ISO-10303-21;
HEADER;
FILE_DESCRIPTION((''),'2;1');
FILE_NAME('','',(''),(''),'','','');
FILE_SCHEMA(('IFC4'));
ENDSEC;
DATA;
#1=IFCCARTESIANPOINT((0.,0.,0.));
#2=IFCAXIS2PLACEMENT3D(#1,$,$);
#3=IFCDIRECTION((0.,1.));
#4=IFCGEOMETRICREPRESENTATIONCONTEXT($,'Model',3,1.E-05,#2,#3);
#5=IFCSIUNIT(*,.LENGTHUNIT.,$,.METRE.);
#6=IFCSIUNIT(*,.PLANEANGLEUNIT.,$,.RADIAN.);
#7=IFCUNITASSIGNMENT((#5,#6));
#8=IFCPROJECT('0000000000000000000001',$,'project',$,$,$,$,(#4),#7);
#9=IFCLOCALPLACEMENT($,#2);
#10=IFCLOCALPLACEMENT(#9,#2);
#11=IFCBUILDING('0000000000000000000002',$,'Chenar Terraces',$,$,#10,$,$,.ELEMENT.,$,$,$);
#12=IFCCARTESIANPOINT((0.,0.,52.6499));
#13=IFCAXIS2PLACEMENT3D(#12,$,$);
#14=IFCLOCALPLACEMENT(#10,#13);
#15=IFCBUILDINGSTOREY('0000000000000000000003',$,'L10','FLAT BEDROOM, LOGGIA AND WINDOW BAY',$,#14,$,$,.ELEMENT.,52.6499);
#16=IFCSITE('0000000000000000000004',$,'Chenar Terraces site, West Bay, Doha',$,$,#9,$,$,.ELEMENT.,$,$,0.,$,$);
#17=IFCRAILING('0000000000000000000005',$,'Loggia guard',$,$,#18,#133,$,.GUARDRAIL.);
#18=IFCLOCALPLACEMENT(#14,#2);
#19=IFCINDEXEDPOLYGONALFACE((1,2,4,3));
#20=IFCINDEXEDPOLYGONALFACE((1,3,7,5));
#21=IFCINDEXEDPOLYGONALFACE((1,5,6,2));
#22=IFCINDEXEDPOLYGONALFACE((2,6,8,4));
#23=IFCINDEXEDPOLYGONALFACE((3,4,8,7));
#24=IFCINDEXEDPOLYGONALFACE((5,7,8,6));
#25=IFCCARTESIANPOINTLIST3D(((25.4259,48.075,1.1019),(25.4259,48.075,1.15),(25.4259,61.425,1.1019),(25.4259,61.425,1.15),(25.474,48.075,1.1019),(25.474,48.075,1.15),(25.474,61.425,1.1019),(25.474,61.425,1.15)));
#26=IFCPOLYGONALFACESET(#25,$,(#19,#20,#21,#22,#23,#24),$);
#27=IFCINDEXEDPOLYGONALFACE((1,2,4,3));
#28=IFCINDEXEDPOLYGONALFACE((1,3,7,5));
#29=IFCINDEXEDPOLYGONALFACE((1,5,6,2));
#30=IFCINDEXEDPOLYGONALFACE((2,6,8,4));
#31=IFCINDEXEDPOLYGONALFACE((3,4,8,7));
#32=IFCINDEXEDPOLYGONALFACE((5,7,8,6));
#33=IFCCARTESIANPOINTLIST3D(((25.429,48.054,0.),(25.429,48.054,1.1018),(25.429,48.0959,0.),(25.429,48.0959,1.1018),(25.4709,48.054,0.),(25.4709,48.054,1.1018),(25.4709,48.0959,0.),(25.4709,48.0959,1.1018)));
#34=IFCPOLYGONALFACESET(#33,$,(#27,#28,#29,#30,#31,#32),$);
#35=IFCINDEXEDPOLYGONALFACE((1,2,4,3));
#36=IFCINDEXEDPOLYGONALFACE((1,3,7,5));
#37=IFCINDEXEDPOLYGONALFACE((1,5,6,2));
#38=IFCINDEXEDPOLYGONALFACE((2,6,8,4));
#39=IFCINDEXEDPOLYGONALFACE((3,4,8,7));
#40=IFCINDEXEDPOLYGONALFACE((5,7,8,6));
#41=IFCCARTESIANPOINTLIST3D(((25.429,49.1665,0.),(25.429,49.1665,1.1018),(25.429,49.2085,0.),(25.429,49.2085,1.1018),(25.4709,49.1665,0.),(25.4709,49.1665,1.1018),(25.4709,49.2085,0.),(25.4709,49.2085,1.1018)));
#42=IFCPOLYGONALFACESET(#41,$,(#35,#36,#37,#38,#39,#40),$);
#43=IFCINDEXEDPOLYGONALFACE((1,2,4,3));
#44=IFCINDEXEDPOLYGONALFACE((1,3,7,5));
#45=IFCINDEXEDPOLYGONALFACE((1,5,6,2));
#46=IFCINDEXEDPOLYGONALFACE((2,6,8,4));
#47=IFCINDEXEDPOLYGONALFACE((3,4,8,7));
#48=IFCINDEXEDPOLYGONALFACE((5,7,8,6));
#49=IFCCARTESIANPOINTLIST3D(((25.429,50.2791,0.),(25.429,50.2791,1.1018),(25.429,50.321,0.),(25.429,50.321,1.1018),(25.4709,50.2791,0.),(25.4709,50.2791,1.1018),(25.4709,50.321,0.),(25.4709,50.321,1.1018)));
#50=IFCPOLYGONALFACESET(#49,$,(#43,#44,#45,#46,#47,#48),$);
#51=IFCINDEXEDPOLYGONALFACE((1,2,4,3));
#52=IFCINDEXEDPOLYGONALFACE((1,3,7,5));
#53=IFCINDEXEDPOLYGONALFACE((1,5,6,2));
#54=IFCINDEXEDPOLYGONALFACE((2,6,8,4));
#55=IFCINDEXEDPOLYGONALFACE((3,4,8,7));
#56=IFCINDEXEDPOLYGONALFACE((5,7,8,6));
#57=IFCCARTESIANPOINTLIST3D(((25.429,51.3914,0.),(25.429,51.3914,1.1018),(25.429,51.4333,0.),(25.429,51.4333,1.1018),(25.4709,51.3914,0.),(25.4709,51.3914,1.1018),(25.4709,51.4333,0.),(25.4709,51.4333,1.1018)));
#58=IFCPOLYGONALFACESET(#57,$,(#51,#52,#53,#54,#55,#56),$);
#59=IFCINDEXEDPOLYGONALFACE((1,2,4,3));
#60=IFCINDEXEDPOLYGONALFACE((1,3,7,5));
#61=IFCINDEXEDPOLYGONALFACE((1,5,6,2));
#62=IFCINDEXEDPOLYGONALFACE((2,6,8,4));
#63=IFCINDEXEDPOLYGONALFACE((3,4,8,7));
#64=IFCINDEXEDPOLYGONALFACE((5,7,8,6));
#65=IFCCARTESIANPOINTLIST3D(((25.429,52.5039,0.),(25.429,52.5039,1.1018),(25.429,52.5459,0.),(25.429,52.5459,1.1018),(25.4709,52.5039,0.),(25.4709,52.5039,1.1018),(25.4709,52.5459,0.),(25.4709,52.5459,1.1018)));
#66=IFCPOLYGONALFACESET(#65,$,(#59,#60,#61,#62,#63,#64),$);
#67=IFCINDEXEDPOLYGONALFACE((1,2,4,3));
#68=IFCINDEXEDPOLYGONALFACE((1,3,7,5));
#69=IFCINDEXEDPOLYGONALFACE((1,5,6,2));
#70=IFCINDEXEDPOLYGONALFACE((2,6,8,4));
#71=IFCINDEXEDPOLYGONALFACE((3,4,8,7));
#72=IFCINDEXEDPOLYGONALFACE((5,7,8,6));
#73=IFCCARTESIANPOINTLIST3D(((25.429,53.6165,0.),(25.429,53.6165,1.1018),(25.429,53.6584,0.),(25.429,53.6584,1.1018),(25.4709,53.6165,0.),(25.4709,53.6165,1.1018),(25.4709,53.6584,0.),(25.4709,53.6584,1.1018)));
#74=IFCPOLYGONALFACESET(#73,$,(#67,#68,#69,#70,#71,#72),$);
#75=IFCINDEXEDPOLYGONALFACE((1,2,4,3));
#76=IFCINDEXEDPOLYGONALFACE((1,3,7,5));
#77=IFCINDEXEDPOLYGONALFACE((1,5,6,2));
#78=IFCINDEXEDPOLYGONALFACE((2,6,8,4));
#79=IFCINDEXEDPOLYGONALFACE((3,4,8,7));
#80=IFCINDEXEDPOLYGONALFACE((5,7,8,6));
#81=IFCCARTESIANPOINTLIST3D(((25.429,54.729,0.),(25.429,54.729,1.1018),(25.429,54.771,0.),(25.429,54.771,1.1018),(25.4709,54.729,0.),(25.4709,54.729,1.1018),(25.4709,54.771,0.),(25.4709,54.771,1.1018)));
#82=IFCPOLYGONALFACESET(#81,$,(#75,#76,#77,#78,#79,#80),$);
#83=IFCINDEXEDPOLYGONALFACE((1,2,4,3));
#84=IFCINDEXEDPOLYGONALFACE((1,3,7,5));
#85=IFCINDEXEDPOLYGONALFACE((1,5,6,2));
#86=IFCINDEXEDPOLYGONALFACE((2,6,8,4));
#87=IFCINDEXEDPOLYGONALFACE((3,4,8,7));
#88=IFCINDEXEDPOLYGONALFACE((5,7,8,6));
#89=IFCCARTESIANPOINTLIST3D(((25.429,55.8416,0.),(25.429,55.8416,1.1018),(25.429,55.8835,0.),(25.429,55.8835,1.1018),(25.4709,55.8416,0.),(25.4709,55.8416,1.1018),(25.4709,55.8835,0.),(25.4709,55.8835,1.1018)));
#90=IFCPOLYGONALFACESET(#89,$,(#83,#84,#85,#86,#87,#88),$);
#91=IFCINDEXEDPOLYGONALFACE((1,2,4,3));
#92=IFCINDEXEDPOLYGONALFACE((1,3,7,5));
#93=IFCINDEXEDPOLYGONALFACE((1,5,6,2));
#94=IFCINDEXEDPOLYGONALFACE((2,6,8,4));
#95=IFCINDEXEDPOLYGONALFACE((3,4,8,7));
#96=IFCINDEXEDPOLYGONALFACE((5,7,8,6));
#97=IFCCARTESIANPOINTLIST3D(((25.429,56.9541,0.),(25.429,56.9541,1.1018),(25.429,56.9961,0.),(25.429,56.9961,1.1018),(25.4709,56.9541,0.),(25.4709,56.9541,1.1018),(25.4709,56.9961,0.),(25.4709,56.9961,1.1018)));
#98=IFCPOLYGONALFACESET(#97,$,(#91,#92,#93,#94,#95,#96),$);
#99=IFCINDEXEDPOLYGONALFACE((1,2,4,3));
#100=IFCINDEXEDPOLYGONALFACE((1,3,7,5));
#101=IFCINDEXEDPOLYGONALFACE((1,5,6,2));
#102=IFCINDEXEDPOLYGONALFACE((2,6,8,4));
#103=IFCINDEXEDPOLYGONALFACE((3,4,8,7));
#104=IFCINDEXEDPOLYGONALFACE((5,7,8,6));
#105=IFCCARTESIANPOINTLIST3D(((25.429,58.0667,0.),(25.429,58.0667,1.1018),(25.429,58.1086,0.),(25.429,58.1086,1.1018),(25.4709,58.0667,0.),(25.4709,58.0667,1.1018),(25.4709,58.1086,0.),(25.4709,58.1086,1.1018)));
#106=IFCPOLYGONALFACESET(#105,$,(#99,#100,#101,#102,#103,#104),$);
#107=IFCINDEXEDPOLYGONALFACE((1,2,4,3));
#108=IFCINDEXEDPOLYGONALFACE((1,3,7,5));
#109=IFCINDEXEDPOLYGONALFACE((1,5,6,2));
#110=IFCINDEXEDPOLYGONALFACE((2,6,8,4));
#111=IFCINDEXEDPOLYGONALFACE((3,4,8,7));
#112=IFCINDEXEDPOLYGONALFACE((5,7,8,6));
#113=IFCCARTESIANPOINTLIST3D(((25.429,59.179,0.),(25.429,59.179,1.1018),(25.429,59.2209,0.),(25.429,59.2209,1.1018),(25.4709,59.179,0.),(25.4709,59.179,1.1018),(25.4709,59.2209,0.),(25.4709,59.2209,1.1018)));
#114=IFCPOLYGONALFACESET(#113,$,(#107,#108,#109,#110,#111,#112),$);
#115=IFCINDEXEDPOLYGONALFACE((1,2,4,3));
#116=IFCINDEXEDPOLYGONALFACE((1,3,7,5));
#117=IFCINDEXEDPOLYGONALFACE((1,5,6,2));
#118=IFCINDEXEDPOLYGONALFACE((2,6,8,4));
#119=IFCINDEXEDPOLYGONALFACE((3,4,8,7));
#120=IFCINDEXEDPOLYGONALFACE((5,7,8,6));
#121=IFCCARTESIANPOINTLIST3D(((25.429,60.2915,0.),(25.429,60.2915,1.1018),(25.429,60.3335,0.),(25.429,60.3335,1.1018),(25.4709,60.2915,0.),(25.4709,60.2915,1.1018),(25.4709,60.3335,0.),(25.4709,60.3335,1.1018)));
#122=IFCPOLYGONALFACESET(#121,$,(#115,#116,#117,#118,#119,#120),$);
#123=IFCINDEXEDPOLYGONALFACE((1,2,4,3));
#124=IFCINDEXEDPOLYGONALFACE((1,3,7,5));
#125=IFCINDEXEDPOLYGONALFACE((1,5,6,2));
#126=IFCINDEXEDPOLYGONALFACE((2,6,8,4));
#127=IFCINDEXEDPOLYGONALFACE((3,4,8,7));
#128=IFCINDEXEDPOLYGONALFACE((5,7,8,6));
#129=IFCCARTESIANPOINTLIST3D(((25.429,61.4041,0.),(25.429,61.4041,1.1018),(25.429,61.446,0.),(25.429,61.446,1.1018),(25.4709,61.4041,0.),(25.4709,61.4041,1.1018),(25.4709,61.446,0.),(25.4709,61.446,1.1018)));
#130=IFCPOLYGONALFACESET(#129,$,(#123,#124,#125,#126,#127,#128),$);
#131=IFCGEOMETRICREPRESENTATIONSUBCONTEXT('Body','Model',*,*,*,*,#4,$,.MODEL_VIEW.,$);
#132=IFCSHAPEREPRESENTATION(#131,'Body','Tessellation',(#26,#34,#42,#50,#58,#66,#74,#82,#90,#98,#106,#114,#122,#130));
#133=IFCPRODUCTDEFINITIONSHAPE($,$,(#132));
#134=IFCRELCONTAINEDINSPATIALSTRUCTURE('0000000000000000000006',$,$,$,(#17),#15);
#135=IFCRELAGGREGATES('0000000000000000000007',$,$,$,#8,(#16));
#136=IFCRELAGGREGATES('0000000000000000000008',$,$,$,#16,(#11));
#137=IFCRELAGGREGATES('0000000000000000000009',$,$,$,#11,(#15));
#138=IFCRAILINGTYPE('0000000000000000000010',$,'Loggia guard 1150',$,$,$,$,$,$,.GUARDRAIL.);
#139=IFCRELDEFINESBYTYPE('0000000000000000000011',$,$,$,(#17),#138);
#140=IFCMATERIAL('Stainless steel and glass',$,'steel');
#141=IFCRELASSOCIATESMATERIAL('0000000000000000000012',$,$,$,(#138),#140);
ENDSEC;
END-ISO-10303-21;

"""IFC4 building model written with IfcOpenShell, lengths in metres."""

from ifc_helpers import new_model, si_unit, direction, frame, origin, origin_2d, place, context, subcontext, project, spatial, rectangle, extrude, material, type_object, element, save


model = new_model("IFC4")

# Units and contexts
model_context = context("Model", 3, precision=1e-05, world=origin(), true_north=direction((0.0, 1.0)))
body_context = subcontext(model_context, "Body", "Model", "MODEL_VIEW")
ifc_project = project(units=[si_unit("LENGTHUNIT", "METRE"), si_unit("PLANEANGLEUNIT", "RADIAN")], contexts=[model_context])

# Site, building, storey
site_placement = place(None, origin())
site = spatial("IfcSite", under=ifc_project, at=site_placement, Name="Chenar Terraces site, West Bay, Doha", CompositionType="ELEMENT", RefElevation=0.0)
building_placement = place(site_placement, origin())
building = spatial("IfcBuilding", under=site, at=building_placement, Name="Chenar Terraces", CompositionType="ELEMENT")
storey_placement = place(building_placement, frame((0.0, 0.0, 52.6499)))
storey = spatial("IfcBuildingStorey", under=building, at=storey_placement, Name="L10", Description="FLAT BEDROOM, LOGGIA AND WINDOW BAY", CompositionType="ELEMENT", Elevation=52.6499)

# Railing
ifc_material_1 = material(Name="Stainless steel and glass", Category="steel")
railing_type_1 = type_object("IfcRailingType", Name="Loggia guard 1150", PredefinedType="GUARDRAIL", material=ifc_material_1)
railing_1_placement = place(storey_placement, frame((25.45, 48.075, 0.0)))
element("IfcRailing", 1, at=railing_1_placement, inside=storey, type_object=railing_type_1, Name="Loggia guard", PredefinedType="GUARDRAIL", context=body_context, shape_type="SweptSolid", body=[
    extrude(rectangle(XDim=0.0481, YDim=0.0481, at=origin_2d()), frame((0.0, 0.0, 1.126), z_axis=(0.0, 1.0, 0.0), x_axis=(-1.0, 0.0, 0.0)), (0.0, 0.0, 1.0), 13.3501),
    extrude(rectangle(XDim=0.042, YDim=0.042, at=origin_2d()), origin(), (0.0, 0.0, 1.0), 1.1018),
    extrude(rectangle(XDim=0.042, YDim=0.042, at=origin_2d()), frame((0.0, 1.1125, 0.0)), (0.0, 0.0, 1.0), 1.1018),
    extrude(rectangle(XDim=0.042, YDim=0.042, at=origin_2d()), frame((0.0, 2.2251, 0.0)), (0.0, 0.0, 1.0), 1.1018),
    extrude(rectangle(XDim=0.042, YDim=0.042, at=origin_2d()), frame((0.0, 3.3374, 0.0)), (0.0, 0.0, 1.0), 1.1018),
    extrude(rectangle(XDim=0.042, YDim=0.042, at=origin_2d()), frame((0.0, 4.45, 0.0)), (0.0, 0.0, 1.0), 1.1018),
    extrude(rectangle(XDim=0.042, YDim=0.042, at=origin_2d()), frame((0.0, 5.5625, 0.0)), (0.0, 0.0, 1.0), 1.1018),
    extrude(rectangle(XDim=0.042, YDim=0.042, at=origin_2d()), frame((0.0, 6.675, 0.0)), (0.0, 0.0, 1.0), 1.1018),
    extrude(rectangle(XDim=0.042, YDim=0.042, at=origin_2d()), frame((0.0, 7.7876, 0.0)), (0.0, 0.0, 1.0), 1.1018),
    extrude(rectangle(XDim=0.042, YDim=0.042, at=origin_2d()), frame((0.0, 8.9001, 0.0)), (0.0, 0.0, 1.0), 1.1018),
    extrude(rectangle(XDim=0.042, YDim=0.042, at=origin_2d()), frame((0.0, 10.0127, 0.0)), (0.0, 0.0, 1.0), 1.1018),
    extrude(rectangle(XDim=0.042, YDim=0.042, at=origin_2d()), frame((0.0, 11.125, 0.0)), (0.0, 0.0, 1.0), 1.1018),
    extrude(rectangle(XDim=0.042, YDim=0.042, at=origin_2d()), frame((0.0, 12.2375, 0.0)), (0.0, 0.0, 1.0), 1.1018),
    extrude(rectangle(XDim=0.042, YDim=0.042, at=origin_2d()), frame((0.0, 13.3501, 0.0)), (0.0, 0.0, 1.0), 1.1018),
])

save(model, "model.ifc")
